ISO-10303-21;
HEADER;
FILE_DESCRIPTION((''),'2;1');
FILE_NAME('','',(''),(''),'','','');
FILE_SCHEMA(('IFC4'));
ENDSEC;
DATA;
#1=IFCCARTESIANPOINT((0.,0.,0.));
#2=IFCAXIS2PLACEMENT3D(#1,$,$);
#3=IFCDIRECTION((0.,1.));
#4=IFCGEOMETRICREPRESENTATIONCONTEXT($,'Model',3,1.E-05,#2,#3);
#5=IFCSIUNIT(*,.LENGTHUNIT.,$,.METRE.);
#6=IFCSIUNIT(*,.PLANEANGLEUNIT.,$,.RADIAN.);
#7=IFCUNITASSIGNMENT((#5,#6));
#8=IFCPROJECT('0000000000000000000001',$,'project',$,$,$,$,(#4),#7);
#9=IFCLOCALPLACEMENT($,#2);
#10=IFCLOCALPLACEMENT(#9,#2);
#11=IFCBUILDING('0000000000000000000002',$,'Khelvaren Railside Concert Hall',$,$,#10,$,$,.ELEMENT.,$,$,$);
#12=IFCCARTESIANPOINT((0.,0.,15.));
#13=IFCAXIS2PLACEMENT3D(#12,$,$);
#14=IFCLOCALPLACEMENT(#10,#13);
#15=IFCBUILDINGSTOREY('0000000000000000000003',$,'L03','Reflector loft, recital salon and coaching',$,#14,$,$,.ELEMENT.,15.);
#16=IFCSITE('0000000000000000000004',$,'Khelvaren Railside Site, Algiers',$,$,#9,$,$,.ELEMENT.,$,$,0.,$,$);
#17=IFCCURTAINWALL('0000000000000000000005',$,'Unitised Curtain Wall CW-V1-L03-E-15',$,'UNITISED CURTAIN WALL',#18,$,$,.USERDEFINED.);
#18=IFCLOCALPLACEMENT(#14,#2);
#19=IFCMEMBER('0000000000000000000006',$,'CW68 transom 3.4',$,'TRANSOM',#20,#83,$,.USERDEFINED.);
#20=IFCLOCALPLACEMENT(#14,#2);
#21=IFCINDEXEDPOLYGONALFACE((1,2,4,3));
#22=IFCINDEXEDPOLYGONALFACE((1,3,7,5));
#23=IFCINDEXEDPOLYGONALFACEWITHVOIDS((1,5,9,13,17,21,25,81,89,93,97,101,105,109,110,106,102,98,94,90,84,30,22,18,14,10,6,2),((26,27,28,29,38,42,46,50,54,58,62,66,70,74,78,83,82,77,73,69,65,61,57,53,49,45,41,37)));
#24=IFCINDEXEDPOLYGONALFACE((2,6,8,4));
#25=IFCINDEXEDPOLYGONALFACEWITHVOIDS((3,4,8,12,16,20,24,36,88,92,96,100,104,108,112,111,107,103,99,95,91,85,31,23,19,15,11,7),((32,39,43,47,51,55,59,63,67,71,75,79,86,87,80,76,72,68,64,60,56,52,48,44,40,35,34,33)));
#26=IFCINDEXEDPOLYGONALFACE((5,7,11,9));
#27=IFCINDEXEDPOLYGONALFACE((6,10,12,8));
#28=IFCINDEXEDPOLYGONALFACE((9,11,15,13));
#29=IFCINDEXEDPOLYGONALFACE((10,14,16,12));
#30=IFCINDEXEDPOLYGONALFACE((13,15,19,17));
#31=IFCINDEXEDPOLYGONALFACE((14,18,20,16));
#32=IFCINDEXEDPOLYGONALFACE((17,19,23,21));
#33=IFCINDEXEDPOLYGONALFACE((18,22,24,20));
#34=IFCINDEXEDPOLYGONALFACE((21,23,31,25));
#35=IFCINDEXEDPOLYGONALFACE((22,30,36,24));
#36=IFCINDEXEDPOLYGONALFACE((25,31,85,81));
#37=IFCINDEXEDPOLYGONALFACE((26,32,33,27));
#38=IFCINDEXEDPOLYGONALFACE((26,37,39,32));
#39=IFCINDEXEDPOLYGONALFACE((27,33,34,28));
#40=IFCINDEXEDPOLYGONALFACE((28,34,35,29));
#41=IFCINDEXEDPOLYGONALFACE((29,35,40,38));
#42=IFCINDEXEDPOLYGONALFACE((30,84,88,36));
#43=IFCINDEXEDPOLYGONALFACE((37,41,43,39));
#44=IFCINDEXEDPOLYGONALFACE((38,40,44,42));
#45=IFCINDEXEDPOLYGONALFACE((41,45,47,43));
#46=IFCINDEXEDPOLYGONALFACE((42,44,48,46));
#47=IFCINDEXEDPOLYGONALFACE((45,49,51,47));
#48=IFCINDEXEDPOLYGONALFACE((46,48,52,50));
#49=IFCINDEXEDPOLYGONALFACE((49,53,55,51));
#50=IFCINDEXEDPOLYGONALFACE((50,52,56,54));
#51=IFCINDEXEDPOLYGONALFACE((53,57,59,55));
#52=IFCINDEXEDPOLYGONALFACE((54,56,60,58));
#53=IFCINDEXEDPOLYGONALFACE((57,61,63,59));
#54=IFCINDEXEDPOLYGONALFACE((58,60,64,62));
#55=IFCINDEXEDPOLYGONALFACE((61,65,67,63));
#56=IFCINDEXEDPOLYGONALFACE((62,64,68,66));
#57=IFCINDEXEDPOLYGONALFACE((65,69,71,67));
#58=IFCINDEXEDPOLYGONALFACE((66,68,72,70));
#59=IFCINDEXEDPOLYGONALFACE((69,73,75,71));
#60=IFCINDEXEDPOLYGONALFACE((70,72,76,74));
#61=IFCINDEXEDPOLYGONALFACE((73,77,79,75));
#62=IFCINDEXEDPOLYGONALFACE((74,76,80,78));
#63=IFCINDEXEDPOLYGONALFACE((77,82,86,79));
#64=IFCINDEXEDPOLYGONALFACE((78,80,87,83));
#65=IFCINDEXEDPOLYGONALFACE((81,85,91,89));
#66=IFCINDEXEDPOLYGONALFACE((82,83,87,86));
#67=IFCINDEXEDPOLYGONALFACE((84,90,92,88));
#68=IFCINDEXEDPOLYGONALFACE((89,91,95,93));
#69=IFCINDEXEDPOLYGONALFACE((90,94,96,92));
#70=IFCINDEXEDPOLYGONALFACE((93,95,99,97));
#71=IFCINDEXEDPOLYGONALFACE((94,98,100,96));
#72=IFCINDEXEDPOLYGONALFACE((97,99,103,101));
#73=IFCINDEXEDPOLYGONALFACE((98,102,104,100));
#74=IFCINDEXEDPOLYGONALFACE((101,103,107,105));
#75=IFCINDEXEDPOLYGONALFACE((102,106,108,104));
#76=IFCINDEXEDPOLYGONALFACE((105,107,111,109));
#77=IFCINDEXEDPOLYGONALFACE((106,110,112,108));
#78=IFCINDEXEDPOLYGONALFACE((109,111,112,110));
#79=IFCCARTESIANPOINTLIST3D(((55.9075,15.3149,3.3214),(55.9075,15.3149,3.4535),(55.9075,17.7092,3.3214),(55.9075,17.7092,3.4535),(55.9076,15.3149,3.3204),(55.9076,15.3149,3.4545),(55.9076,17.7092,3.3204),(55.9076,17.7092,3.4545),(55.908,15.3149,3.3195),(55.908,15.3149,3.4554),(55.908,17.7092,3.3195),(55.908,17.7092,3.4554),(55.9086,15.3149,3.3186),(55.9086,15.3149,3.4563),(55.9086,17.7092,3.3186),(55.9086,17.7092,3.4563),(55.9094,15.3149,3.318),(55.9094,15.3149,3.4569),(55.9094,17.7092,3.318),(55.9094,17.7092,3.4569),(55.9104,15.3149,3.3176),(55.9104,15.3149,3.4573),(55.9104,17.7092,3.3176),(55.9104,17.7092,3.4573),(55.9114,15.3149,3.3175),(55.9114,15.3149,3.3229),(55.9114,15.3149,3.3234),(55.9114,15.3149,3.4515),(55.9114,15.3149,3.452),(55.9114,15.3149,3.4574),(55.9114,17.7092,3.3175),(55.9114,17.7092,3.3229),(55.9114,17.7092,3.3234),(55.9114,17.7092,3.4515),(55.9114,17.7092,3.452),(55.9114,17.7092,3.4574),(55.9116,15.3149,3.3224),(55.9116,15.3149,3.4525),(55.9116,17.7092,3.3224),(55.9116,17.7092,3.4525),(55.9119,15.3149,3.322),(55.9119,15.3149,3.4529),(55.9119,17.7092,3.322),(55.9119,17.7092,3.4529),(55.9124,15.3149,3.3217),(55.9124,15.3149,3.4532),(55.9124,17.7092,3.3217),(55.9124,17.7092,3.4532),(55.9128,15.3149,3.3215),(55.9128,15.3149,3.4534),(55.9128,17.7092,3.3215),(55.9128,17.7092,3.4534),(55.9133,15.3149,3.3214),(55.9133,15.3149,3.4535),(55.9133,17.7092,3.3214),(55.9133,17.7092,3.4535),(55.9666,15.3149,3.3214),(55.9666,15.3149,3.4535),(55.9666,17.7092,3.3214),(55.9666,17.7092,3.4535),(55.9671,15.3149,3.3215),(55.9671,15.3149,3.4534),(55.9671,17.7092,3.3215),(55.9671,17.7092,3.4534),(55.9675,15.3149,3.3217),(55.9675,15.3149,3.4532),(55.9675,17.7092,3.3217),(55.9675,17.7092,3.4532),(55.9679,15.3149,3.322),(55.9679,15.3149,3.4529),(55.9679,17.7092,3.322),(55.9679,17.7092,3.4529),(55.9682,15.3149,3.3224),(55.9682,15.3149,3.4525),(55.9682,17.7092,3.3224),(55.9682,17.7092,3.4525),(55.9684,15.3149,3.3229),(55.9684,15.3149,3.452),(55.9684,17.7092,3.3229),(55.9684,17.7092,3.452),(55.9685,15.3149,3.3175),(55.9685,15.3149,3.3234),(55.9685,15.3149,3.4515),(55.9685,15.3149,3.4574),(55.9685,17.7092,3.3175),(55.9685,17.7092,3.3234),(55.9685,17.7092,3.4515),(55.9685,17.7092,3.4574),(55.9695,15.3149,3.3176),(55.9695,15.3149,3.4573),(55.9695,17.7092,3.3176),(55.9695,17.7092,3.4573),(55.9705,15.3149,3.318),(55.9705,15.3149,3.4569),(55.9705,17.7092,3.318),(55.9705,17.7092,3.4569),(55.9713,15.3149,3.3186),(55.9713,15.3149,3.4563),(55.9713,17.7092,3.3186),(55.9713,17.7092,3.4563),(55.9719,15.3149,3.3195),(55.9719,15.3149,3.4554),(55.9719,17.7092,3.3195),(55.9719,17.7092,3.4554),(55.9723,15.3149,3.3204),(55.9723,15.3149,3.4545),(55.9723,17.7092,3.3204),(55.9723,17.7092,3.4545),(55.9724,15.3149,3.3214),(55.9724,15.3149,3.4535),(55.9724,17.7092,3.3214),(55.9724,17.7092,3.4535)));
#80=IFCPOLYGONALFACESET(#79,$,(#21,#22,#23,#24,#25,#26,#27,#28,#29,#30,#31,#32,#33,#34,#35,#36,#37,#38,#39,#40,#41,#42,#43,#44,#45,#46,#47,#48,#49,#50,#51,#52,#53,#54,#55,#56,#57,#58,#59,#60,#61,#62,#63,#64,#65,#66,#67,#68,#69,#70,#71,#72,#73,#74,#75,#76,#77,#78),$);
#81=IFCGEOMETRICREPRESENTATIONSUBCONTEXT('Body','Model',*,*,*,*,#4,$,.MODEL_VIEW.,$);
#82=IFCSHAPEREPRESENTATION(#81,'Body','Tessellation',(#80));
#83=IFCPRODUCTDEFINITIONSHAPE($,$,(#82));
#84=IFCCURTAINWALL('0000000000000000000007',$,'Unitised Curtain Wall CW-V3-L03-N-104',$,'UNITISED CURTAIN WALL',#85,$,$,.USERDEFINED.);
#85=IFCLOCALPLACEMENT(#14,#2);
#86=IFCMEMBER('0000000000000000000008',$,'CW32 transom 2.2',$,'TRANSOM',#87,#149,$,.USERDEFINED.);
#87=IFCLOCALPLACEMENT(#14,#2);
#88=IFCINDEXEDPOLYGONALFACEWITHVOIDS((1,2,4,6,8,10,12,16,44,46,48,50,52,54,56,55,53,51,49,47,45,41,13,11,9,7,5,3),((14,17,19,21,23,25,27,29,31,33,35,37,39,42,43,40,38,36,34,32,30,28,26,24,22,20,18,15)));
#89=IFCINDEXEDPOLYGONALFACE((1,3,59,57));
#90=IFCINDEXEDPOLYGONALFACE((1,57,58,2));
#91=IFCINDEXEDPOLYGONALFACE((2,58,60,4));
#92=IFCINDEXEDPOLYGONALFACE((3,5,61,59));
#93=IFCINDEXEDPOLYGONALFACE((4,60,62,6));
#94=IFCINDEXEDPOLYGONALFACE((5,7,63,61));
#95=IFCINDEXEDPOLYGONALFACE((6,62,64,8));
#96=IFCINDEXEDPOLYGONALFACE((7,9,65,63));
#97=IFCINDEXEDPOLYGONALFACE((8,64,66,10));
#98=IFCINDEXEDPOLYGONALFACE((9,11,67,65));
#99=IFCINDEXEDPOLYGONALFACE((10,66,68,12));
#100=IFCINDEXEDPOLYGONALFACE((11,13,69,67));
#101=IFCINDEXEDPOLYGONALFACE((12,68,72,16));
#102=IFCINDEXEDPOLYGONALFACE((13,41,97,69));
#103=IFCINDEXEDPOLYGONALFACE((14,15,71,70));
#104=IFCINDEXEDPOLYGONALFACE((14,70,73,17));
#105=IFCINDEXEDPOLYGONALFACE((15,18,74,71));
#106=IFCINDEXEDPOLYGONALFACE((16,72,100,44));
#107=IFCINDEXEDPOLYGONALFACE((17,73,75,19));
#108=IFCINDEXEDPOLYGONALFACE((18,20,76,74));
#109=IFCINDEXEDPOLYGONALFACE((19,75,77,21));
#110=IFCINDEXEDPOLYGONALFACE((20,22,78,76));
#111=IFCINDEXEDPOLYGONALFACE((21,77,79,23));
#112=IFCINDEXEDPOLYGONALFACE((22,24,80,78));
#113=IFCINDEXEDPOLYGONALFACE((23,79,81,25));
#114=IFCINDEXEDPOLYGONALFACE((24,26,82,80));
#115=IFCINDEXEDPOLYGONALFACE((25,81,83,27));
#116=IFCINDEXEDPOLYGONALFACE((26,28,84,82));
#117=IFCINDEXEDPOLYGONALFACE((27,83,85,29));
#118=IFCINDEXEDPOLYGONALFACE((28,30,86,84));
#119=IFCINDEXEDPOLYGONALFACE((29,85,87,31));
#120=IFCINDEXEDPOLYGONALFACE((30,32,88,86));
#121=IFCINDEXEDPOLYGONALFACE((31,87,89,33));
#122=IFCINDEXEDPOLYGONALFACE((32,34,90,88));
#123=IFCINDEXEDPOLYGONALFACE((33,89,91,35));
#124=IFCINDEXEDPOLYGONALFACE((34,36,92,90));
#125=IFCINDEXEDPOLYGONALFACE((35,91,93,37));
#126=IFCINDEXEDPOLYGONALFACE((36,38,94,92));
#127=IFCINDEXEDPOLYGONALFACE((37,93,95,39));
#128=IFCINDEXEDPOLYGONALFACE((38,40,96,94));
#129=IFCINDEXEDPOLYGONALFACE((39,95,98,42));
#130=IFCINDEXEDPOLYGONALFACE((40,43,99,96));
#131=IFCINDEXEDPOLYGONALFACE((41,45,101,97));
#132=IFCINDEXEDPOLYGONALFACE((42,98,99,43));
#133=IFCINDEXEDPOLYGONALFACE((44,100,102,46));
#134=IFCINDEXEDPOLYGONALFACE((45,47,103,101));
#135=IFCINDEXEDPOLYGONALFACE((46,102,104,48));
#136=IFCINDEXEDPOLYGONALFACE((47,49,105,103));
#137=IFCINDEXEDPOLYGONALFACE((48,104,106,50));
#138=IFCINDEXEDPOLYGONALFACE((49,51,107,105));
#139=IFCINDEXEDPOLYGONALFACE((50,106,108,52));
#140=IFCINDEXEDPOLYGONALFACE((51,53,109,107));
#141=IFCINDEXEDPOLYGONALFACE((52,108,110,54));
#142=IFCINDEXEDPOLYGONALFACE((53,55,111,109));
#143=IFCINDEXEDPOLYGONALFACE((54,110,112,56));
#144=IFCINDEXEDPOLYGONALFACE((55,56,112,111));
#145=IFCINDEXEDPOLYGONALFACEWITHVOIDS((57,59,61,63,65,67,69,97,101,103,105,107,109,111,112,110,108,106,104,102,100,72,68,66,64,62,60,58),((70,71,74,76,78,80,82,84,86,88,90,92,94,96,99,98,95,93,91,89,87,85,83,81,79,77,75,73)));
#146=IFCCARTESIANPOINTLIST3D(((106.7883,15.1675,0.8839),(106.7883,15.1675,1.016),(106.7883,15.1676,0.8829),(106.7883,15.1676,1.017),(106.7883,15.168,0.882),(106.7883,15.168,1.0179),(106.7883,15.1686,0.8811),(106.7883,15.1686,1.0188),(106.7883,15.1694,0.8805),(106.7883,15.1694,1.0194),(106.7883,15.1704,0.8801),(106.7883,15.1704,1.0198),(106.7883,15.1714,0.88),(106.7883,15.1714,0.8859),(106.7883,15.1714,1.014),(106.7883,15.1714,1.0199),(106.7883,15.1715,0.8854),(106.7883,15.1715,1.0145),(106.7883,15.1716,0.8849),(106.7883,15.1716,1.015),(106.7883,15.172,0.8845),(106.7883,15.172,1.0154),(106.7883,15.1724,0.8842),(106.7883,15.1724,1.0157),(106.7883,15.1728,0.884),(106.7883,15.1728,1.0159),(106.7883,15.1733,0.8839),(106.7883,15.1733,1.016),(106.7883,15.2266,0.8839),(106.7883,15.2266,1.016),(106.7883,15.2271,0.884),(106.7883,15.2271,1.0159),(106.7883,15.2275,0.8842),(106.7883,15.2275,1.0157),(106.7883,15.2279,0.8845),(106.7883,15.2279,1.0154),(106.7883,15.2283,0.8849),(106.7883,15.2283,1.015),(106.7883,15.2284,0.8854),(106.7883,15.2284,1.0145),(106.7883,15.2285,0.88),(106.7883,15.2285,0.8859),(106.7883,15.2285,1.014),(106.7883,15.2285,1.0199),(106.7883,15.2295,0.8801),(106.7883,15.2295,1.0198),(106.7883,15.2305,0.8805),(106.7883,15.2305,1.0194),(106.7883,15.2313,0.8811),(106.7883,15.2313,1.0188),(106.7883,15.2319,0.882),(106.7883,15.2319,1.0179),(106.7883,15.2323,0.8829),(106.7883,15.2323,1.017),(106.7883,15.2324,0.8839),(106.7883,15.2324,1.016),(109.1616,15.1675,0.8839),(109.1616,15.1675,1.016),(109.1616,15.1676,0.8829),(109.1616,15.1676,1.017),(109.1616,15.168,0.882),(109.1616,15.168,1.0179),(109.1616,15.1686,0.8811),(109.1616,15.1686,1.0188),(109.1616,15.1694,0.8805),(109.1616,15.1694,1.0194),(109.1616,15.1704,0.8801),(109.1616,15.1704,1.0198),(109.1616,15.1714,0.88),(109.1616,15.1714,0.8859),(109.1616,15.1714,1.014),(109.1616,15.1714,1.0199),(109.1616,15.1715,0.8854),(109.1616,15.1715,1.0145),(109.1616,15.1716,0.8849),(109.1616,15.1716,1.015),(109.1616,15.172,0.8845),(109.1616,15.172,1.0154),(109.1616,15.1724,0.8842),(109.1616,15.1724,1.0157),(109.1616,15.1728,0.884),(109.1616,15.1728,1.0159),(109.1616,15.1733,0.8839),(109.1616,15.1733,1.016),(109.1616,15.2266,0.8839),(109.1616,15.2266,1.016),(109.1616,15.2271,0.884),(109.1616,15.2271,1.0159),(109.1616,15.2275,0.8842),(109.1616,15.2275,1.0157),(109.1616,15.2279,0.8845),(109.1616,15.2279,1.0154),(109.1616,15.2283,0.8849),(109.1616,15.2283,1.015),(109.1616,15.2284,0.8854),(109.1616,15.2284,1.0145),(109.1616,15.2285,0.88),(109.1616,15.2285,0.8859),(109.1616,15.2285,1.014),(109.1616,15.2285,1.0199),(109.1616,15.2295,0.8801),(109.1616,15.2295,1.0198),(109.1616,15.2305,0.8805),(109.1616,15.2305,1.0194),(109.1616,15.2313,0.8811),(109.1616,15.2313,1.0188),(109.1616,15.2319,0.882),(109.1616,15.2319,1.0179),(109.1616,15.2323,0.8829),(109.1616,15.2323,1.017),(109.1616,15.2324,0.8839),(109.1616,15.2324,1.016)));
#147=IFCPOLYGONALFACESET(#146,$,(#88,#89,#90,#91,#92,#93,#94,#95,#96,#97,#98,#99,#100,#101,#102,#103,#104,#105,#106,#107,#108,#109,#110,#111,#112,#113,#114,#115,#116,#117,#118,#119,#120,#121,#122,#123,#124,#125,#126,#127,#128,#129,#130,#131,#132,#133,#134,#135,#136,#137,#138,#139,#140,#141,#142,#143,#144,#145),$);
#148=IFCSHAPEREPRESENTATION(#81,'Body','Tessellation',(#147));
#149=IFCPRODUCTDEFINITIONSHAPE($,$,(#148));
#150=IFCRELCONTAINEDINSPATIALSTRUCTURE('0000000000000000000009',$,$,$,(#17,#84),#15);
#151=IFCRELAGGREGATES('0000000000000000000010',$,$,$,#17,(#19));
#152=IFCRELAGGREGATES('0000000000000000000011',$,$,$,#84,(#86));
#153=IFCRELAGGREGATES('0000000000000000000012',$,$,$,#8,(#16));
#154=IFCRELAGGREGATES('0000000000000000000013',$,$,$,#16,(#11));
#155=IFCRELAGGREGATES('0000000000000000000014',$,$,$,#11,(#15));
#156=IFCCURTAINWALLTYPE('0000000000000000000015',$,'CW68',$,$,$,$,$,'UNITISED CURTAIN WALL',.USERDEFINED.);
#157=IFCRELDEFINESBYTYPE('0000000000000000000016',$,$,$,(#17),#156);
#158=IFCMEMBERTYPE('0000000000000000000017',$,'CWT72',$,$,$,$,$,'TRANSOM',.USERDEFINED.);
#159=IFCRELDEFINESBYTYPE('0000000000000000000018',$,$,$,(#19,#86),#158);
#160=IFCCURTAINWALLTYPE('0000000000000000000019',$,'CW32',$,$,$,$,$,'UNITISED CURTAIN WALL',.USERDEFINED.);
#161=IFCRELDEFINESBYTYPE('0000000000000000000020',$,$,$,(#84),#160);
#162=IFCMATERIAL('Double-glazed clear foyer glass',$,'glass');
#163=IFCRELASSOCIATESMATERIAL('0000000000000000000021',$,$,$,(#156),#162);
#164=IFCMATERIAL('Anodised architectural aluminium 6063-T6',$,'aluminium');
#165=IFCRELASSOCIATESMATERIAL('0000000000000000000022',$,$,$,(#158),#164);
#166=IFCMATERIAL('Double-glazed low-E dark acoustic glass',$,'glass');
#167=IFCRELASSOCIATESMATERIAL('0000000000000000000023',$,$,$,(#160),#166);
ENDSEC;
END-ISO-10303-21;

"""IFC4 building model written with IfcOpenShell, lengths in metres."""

from ifc_helpers import new_model, si_unit, direction, frame, origin, origin_2d, place, context, subcontext, project, spatial, hollow_rectangle, extrude, material, material_profile, profile_set, type_object, element, aggregate, save


model = new_model("IFC4")

# Units and contexts
model_context = context("Model", 3, precision=1e-05, world=origin(), true_north=direction((0.0, 1.0)))
body_context = subcontext(model_context, "Body", "Model", "MODEL_VIEW")
ifc_project = project(units=[si_unit("LENGTHUNIT", "METRE"), si_unit("PLANEANGLEUNIT", "RADIAN")], contexts=[model_context])

# Site, building, storey
site_placement = place(None, origin())
site = spatial("IfcSite", under=ifc_project, at=site_placement, Name="Khelvaren Railside Site, Algiers", CompositionType="ELEMENT", RefElevation=0.0)
building_placement = place(site_placement, origin())
building = spatial("IfcBuilding", under=site, at=building_placement, Name="Khelvaren Railside Concert Hall", CompositionType="ELEMENT")
storey_placement = place(building_placement, frame((0.0, 0.0, 15.0)))
storey = spatial("IfcBuildingStorey", under=building, at=storey_placement, Name="L03", Description="Reflector loft, recital salon and coaching", CompositionType="ELEMENT", Elevation=15.0)

# Curtain wall
ifc_material_1 = material(Name="Double-glazed clear foyer glass", Category="glass")
curtain_wall_type_1 = type_object("IfcCurtainWallType", Name="CW68", ElementType="UNITISED CURTAIN WALL", PredefinedType="USERDEFINED", material=ifc_material_1)
curtain_wall_1_placement = place(storey_placement, origin())
curtain_wall_1 = element("IfcCurtainWall", 1, at=curtain_wall_1_placement, inside=storey, type_object=curtain_wall_type_1, Name="Unitised Curtain Wall CW-V1-L03-E-15", ObjectType="UNITISED CURTAIN WALL", PredefinedType="USERDEFINED")
ifc_material_2 = material(Name="Anodised architectural aluminium 6063-T6", Category="aluminium")

# Member
ifc_material_profile_1 = material_profile(ifc_material_2, hollow_rectangle(XDim=0.0649, YDim=0.1399, WallThickness=0.0039, InnerFilletRadius=0.002, OuterFilletRadius=0.0039, at=origin_2d()), Name="CWT 65x140x4")
ifc_profile_set_1 = profile_set([ifc_material_profile_1], Name="Anodised architectural aluminium 6063-T6")
member_type_1 = type_object("IfcMemberType", Name="CWT72", ElementType="TRANSOM", PredefinedType="USERDEFINED", material=ifc_profile_set_1)
member_1_placement = place(storey_placement, frame((55.9399, 17.7092, 3.3875), z_axis=(0.0, -1.0, 0.0), x_axis=(1.0, 0.0, 0.0)))
member_1 = element("IfcMember", 2, at=member_1_placement, type_object=member_type_1, Name="CW68 transom 3.4", ObjectType="TRANSOM", PredefinedType="USERDEFINED", context=body_context, shape_type="SweptSolid", body=[
    extrude(hollow_rectangle(XDim=0.0649, YDim=0.1399, WallThickness=0.0039, InnerFilletRadius=0.002, OuterFilletRadius=0.0039, at=origin_2d()), origin(), (0.0, 0.0, 1.0), 2.3943),
])

# Curtain wall, member
ifc_material_3 = material(Name="Double-glazed low-E dark acoustic glass", Category="glass")
curtain_wall_type_2 = type_object("IfcCurtainWallType", Name="CW32", ElementType="UNITISED CURTAIN WALL", PredefinedType="USERDEFINED", material=ifc_material_3)
curtain_wall_2_placement = place(storey_placement, origin())
curtain_wall_2 = element("IfcCurtainWall", 3, at=curtain_wall_2_placement, inside=storey, type_object=curtain_wall_type_2, Name="Unitised Curtain Wall CW-V3-L03-N-104", ObjectType="UNITISED CURTAIN WALL", PredefinedType="USERDEFINED")
member_2_placement = place(storey_placement, frame((106.7883, 15.2, 0.95), z_axis=(1.0, 0.0, 0.0), x_axis=(0.0, 1.0, 0.0)))
member_2 = element("IfcMember", 4, at=member_2_placement, type_object=member_type_1, Name="CW32 transom 2.2", ObjectType="TRANSOM", PredefinedType="USERDEFINED", context=body_context, shape_type="SweptSolid", body=[
    extrude(hollow_rectangle(XDim=0.0649, YDim=0.1399, WallThickness=0.0039, InnerFilletRadius=0.002, OuterFilletRadius=0.0039, at=origin_2d()), origin(), (0.0, 0.0, 1.0), 2.3733),
])

aggregate(curtain_wall_1, [member_1])
aggregate(curtain_wall_2, [member_2])

save(model, "model.ifc")
